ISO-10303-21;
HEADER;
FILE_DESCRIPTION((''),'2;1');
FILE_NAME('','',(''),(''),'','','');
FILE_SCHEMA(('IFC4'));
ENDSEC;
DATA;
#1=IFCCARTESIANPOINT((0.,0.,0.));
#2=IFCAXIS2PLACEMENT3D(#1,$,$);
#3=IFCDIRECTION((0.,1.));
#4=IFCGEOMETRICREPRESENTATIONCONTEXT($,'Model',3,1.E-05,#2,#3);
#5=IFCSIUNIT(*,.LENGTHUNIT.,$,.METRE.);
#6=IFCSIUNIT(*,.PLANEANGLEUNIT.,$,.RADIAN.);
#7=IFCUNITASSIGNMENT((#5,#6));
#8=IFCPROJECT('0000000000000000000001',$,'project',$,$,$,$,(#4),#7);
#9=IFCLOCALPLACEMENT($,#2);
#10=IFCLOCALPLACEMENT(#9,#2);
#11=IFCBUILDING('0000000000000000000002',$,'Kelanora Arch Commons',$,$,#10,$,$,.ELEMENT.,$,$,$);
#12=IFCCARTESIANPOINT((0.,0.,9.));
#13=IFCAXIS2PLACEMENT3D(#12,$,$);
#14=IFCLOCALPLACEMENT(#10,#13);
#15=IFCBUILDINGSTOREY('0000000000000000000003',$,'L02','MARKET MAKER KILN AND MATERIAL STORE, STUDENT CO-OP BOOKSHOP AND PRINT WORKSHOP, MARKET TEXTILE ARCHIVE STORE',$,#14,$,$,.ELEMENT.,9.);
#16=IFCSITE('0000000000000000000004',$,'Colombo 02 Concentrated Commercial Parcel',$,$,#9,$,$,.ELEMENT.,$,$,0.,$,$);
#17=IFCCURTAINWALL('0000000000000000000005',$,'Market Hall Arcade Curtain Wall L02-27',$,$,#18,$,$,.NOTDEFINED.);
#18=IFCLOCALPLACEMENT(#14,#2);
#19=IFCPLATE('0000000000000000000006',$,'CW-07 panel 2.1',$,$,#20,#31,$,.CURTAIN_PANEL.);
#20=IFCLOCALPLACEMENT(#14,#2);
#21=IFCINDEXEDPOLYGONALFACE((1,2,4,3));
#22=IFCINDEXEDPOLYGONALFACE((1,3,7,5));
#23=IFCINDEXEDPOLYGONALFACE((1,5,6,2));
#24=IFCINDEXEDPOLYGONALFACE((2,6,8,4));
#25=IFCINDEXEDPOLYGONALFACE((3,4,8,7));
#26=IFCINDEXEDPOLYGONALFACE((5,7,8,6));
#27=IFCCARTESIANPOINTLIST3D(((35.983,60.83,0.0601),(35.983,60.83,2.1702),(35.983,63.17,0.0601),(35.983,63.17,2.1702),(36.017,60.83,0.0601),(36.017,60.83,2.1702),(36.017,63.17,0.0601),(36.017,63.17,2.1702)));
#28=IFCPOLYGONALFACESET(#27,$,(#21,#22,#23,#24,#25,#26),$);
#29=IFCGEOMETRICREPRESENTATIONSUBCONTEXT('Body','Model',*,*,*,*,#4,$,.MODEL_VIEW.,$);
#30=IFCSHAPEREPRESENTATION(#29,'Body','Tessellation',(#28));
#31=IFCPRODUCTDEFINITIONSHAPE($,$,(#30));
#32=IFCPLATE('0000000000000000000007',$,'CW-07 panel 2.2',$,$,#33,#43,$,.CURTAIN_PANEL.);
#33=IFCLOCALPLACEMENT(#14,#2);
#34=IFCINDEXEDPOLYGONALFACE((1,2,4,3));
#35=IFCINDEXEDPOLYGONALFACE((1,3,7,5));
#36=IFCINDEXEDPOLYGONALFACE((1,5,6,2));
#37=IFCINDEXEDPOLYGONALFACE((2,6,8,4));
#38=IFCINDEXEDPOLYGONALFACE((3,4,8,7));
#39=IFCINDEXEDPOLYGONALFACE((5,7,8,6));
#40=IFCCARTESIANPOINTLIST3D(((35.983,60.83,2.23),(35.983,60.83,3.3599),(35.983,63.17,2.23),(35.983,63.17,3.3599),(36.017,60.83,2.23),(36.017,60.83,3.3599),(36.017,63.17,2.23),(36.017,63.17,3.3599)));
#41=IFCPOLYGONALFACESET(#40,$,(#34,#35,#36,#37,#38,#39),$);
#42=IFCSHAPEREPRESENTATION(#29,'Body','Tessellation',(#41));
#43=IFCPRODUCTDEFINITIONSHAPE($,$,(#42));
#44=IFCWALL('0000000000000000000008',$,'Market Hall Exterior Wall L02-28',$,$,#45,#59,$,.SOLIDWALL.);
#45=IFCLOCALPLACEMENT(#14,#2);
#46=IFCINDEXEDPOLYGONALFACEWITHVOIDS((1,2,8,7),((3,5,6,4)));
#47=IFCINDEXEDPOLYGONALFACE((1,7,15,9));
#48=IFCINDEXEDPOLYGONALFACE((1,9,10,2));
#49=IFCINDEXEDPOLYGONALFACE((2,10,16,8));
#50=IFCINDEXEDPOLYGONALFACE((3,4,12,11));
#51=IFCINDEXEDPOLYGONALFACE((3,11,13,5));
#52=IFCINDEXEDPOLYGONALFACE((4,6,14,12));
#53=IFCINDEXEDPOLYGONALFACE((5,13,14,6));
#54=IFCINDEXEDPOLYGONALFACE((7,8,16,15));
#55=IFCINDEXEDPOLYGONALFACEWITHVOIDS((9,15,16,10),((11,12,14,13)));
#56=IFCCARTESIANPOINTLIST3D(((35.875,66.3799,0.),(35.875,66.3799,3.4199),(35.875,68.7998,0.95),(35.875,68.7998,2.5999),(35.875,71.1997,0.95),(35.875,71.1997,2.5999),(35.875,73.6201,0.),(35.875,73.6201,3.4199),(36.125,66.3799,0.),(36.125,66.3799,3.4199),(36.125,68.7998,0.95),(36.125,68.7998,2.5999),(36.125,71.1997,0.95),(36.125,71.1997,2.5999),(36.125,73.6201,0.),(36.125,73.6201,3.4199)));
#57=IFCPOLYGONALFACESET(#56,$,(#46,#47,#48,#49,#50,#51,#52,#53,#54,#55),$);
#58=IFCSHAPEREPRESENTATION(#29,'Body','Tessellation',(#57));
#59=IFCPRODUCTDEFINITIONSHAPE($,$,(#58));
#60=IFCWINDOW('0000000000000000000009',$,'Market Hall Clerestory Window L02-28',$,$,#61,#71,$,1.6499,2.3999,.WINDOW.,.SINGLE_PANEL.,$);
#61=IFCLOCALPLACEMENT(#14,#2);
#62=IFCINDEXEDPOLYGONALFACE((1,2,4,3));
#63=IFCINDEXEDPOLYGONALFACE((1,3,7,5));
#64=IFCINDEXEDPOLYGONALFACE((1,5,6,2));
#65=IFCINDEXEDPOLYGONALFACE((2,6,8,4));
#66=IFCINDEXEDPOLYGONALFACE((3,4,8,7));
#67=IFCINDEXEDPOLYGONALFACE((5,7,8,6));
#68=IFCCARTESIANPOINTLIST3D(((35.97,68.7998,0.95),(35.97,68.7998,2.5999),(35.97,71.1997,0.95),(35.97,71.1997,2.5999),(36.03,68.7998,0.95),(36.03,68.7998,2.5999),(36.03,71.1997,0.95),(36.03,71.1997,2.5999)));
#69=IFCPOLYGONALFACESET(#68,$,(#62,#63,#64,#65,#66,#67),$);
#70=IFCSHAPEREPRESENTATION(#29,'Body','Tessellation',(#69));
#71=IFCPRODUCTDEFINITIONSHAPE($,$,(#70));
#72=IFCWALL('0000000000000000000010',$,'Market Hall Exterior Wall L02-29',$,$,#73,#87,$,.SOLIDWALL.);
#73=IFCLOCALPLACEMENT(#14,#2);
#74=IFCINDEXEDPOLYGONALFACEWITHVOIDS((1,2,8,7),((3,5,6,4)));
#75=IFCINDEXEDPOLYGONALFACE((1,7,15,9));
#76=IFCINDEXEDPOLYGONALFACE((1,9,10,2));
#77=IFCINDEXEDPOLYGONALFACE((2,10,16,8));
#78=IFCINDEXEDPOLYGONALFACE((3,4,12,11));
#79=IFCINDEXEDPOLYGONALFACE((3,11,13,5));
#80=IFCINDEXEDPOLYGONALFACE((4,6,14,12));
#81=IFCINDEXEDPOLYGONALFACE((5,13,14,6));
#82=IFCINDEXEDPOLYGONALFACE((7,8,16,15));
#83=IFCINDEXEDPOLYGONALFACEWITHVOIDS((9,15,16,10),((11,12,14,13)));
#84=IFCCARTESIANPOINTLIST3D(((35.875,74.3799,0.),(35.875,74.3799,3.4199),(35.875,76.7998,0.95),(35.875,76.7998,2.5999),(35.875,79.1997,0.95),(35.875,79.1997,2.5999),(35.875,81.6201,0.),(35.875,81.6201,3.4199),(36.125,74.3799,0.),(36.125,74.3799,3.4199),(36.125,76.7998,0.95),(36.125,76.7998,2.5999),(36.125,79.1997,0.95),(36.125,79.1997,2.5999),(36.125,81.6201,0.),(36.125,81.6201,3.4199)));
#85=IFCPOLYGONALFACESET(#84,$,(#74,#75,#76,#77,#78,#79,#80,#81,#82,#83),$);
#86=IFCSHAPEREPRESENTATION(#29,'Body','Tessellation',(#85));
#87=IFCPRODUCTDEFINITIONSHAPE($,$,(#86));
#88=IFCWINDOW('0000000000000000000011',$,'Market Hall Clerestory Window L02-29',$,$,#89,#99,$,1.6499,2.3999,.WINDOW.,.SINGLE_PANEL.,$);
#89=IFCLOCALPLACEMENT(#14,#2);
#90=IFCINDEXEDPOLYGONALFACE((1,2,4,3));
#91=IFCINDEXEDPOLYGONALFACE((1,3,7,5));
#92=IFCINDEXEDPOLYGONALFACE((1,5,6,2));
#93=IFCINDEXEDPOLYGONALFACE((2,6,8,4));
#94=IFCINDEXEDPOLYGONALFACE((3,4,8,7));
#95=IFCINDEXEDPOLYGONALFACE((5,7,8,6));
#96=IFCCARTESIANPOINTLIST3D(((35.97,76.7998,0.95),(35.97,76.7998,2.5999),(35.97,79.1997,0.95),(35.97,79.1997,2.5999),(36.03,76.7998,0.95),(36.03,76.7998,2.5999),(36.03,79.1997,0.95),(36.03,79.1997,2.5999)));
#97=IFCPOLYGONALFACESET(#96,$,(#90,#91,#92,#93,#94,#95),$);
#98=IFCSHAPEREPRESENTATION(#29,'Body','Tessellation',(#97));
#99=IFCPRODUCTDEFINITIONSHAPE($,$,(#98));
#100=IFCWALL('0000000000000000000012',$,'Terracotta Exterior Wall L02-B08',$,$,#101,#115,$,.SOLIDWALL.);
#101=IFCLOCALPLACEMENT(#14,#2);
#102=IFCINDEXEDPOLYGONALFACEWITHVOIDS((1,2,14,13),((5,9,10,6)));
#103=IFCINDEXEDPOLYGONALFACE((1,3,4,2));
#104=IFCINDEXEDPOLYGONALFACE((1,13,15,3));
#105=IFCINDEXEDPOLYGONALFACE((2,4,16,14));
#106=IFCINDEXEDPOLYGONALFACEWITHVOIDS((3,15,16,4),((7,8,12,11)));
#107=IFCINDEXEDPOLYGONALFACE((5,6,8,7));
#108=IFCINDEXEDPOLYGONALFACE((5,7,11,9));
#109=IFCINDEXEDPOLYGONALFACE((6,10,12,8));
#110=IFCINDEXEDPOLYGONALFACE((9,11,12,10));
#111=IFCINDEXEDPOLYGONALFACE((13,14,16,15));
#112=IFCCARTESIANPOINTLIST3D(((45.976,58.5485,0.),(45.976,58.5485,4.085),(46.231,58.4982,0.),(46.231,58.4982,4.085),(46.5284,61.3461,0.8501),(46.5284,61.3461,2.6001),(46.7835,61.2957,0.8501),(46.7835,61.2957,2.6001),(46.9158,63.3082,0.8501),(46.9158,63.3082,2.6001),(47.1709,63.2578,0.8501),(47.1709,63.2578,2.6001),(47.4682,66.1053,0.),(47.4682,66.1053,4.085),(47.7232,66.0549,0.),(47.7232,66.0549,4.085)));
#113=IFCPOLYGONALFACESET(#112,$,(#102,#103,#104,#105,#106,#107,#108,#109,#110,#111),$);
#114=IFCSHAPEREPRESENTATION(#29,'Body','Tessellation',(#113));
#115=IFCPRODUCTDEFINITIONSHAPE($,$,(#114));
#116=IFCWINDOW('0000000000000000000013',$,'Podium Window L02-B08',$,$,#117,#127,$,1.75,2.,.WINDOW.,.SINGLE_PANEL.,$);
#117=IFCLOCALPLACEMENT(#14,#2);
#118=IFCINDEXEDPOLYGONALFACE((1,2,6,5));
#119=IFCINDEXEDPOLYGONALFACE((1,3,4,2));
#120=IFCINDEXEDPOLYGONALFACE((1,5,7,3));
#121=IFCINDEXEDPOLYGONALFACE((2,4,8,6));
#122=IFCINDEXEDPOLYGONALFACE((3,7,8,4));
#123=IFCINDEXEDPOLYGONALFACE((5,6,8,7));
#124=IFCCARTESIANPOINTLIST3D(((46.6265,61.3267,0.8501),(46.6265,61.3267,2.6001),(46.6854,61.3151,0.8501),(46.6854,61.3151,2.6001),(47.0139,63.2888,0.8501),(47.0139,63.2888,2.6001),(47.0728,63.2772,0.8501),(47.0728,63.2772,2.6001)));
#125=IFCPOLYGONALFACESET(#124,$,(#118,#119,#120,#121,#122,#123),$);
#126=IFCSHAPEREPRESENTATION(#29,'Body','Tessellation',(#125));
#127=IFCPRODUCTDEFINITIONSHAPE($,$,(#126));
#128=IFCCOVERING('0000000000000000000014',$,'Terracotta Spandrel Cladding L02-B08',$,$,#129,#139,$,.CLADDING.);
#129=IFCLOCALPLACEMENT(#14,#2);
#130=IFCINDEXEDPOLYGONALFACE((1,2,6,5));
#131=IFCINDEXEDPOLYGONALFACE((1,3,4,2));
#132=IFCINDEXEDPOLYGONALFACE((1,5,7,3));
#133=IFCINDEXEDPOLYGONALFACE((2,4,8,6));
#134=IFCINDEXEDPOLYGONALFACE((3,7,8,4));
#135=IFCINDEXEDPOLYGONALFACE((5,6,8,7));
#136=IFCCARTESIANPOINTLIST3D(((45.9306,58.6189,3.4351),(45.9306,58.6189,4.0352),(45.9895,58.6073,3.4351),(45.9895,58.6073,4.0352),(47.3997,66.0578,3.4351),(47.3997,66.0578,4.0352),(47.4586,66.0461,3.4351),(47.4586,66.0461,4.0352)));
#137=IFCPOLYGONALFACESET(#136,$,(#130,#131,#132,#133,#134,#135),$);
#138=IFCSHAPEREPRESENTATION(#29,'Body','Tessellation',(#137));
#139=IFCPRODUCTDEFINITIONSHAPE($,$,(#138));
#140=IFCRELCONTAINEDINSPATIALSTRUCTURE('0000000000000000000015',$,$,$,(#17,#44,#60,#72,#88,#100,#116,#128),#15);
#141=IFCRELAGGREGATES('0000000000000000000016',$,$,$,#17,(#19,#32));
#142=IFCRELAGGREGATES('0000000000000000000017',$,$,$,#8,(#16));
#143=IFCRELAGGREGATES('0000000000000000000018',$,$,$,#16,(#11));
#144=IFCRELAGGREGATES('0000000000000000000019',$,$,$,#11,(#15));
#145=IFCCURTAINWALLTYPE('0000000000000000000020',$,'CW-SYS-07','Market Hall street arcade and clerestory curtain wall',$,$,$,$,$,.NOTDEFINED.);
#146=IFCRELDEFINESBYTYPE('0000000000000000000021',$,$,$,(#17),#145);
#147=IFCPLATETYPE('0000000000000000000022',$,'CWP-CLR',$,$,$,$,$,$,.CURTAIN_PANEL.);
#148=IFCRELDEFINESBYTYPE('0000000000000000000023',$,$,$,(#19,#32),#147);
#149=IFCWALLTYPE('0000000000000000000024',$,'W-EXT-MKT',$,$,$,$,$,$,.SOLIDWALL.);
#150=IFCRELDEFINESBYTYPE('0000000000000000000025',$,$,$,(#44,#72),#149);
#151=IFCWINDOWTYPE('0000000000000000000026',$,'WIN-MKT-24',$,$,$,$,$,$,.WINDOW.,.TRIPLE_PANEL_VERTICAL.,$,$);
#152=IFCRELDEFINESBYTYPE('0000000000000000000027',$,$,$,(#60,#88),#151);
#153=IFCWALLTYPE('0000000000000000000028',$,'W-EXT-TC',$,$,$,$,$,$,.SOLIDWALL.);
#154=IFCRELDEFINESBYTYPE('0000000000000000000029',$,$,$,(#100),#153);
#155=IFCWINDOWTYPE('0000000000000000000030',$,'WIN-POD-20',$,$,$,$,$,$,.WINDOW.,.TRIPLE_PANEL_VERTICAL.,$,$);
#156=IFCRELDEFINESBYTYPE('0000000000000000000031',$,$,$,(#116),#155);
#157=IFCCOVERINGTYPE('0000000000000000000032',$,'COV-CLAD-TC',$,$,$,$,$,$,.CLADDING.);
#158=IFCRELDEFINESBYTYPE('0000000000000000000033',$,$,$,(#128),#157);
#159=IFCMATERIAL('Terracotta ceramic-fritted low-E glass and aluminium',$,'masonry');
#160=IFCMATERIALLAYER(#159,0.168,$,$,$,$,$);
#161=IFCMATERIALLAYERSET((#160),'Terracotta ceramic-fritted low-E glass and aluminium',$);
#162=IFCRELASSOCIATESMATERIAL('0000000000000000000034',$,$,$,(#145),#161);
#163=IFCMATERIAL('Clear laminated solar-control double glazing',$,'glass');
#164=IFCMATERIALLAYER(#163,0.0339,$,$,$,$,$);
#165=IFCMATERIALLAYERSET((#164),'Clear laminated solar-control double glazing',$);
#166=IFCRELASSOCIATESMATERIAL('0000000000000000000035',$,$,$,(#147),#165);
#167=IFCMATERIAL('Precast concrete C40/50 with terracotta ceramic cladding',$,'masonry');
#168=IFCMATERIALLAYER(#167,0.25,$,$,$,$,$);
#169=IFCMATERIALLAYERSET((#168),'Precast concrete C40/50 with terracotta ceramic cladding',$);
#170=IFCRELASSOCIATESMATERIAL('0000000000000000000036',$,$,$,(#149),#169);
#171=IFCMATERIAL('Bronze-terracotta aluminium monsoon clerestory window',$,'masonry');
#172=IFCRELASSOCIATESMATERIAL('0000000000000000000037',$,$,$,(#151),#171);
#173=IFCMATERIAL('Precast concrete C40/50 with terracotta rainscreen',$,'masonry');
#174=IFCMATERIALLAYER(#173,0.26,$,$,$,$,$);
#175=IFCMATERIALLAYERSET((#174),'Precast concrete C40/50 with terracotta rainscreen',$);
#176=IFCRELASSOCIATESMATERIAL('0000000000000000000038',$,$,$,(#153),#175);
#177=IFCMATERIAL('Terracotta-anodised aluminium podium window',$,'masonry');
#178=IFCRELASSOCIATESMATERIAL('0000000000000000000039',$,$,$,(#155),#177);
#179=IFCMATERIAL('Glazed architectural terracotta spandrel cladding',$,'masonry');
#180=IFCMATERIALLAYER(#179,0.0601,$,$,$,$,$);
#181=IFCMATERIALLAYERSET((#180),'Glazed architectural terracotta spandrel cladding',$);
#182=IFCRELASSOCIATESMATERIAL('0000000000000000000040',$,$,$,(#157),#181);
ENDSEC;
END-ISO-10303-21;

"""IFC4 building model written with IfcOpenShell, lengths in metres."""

from ifc_helpers import new_model, si_unit, direction, frame, frame_2d, origin, origin_2d, place, context, subcontext, project, spatial, rectangle, extrude, source, transform, mapped, material, layer, layer_set, type_object, element, fill, aggregate, save


model = new_model("IFC4")

# Units and contexts
model_context = context("Model", 3, precision=1e-05, world=origin(), true_north=direction((0.0, 1.0)))
body_context = subcontext(model_context, "Body", "Model", "MODEL_VIEW")
ifc_project = project(units=[si_unit("LENGTHUNIT", "METRE"), si_unit("PLANEANGLEUNIT", "RADIAN")], contexts=[model_context])

# Site, building, storey
site_placement = place(None, origin())
site = spatial("IfcSite", under=ifc_project, at=site_placement, Name="Colombo 02 Concentrated Commercial Parcel", CompositionType="ELEMENT", RefElevation=0.0)
building_placement = place(site_placement, origin())
building = spatial("IfcBuilding", under=site, at=building_placement, Name="Kelanora Arch Commons", CompositionType="ELEMENT")
storey_placement = place(building_placement, frame((0.0, 0.0, 9.0)))
storey = spatial("IfcBuildingStorey", under=building, at=storey_placement, Name="L02", Description="MARKET MAKER KILN AND MATERIAL STORE, STUDENT CO-OP BOOKSHOP AND PRINT WORKSHOP, MARKET TEXTILE ARCHIVE STORE", CompositionType="ELEMENT", Elevation=9.0)

# Curtain wall
ifc_material_1 = material(Name="Terracotta ceramic-fritted low-E glass and aluminium", Category="masonry")
ifc_layer_1 = layer(ifc_material_1, 0.168)
ifc_layer_set_1 = layer_set([ifc_layer_1], Name="Terracotta ceramic-fritted low-E glass and aluminium")
curtain_wall_type_1 = type_object("IfcCurtainWallType", Name="CW-SYS-07", Description="Market Hall street arcade and clerestory curtain wall", PredefinedType="NOTDEFINED", material=ifc_layer_set_1)
curtain_wall_1_placement = place(storey_placement, origin())
curtain_wall_1 = element("IfcCurtainWall", 1, at=curtain_wall_1_placement, inside=storey, type_object=curtain_wall_type_1, Name="Market Hall Arcade Curtain Wall L02-27", PredefinedType="NOTDEFINED")

# Plates
ifc_material_2 = material(Name="Clear laminated solar-control double glazing", Category="glass")
ifc_layer_2 = layer(ifc_material_2, 0.0339)
ifc_layer_set_2 = layer_set([ifc_layer_2], Name="Clear laminated solar-control double glazing")
plate_type = type_object("IfcPlateType", Name="CWP-CLR", PredefinedType="CURTAIN_PANEL", material=ifc_layer_set_2)
shared_shape_1 = source(origin(), body_context, "Body", "SweptSolid", [
    extrude(rectangle(XDim=2.3401, YDim=0.0339, at=origin_2d()), origin(), (0.0, 0.0, 1.0), 2.1101),
])
plate_1_placement = place(storey_placement, frame((36.0, 62.0, 0.0601), z_axis=(0.0, 0.0, 1.0), x_axis=(0.0, 1.0, 0.0)))
plate_1 = element("IfcPlate", 2, at=plate_1_placement, type_object=plate_type, Name="CW-07 panel 2.1", PredefinedType="CURTAIN_PANEL", context=body_context, shape_type="MappedRepresentation", body=[
    mapped(shared_shape_1, transform((0.0, 0.0, 0.0), scale=1.0)),
])
shared_shape_2 = source(origin(), body_context, "Body", "SweptSolid", [
    extrude(rectangle(XDim=2.3401, YDim=0.0339, at=origin_2d()), origin(), (0.0, 0.0, 1.0), 1.1299),
])
plate_2_placement = place(storey_placement, frame((36.0, 62.0, 2.23), z_axis=(0.0, 0.0, 1.0), x_axis=(0.0, 1.0, 0.0)))
plate_2 = element("IfcPlate", 3, at=plate_2_placement, type_object=plate_type, Name="CW-07 panel 2.2", PredefinedType="CURTAIN_PANEL", context=body_context, shape_type="MappedRepresentation", body=[
    mapped(shared_shape_2, transform((0.0, 0.0, 0.0), scale=1.0)),
])
aggregate(curtain_wall_1, [plate_1, plate_2])

# Walls, openings, windows
ifc_material_3 = material(Name="Precast concrete C40/50 with terracotta ceramic cladding", Category="masonry")
ifc_layer_3 = layer(ifc_material_3, 0.25)
ifc_layer_set_3 = layer_set([ifc_layer_3], Name="Precast concrete C40/50 with terracotta ceramic cladding")
wall_type_1 = type_object("IfcWallType", Name="W-EXT-MKT", PredefinedType="SOLIDWALL", material=ifc_layer_set_3)
wall_1_placement = place(storey_placement, frame((36.0, 66.3799, 0.0), z_axis=(0.0, 0.0, 1.0), x_axis=(0.0, 1.0, 0.0)))
wall_1 = element("IfcWall", 4, at=wall_1_placement, inside=storey, type_object=wall_type_1, Name="Market Hall Exterior Wall L02-28", PredefinedType="SOLIDWALL", context=body_context, shape_type="SweptSolid", body=[
    extrude(rectangle(XDim=7.2402, YDim=0.25, at=frame_2d((3.6201, 0.0))), origin(), (0.0, 0.0, 1.0), 3.4199),
])
opening_1_placement = place(wall_1_placement, frame((2.4199, 0.0, 0.95)))
opening_1 = element("IfcOpeningElement", 5, at=opening_1_placement, cuts=wall_1, PredefinedType="OPENING", context=body_context, shape_type="SweptSolid", body=[
    extrude(rectangle(XDim=2.3999, YDim=1.6499, at=frame_2d((1.2, 0.825))), frame((0.0, 0.135, 0.0), z_axis=(0.0, -1.0, 0.0), x_axis=(1.0, 0.0, 0.0)), (0.0, 0.0, 1.0), 0.27),
])
ifc_material_4 = material(Name="Bronze-terracotta aluminium monsoon clerestory window", Category="masonry")
window_type_1 = type_object("IfcWindowType", Name="WIN-MKT-24", PartitioningType="TRIPLE_PANEL_VERTICAL", PredefinedType="WINDOW", material=ifc_material_4)
window_1_placement = place(opening_1_placement, origin())
window_1 = element("IfcWindow", 6, at=window_1_placement, inside=storey, type_object=window_type_1, Name="Market Hall Clerestory Window L02-28", OverallHeight=1.6499, OverallWidth=2.3999, PartitioningType="SINGLE_PANEL", PredefinedType="WINDOW", context=body_context, shape_type="SweptSolid", body=[
    extrude(rectangle(XDim=2.3999, YDim=1.6499, at=frame_2d((1.2, 0.825))), frame((0.0, 0.03, 0.0), z_axis=(0.0, -1.0, 0.0), x_axis=(1.0, 0.0, 0.0)), (0.0, 0.0, 1.0), 0.0601),
])
fill(opening_1, window_1)
wall_2_placement = place(storey_placement, frame((36.0, 74.3799, 0.0), z_axis=(0.0, 0.0, 1.0), x_axis=(0.0, 1.0, 0.0)))
wall_2 = element("IfcWall", 7, at=wall_2_placement, inside=storey, type_object=wall_type_1, Name="Market Hall Exterior Wall L02-29", PredefinedType="SOLIDWALL", context=body_context, shape_type="SweptSolid", body=[
    extrude(rectangle(XDim=7.2402, YDim=0.25, at=frame_2d((3.6201, 0.0))), origin(), (0.0, 0.0, 1.0), 3.4199),
])
opening_2_placement = place(wall_2_placement, frame((2.4199, 0.0, 0.95)))
opening_2 = element("IfcOpeningElement", 8, at=opening_2_placement, cuts=wall_2, PredefinedType="OPENING", context=body_context, shape_type="SweptSolid", body=[
    extrude(rectangle(XDim=2.3999, YDim=1.6499, at=frame_2d((1.2, 0.825))), frame((0.0, 0.135, 0.0), z_axis=(0.0, -1.0, 0.0), x_axis=(1.0, 0.0, 0.0)), (0.0, 0.0, 1.0), 0.27),
])
window_2_placement = place(opening_2_placement, origin())
window_2 = element("IfcWindow", 9, at=window_2_placement, inside=storey, type_object=window_type_1, Name="Market Hall Clerestory Window L02-29", OverallHeight=1.6499, OverallWidth=2.3999, PartitioningType="SINGLE_PANEL", PredefinedType="WINDOW", context=body_context, shape_type="SweptSolid", body=[
    extrude(rectangle(XDim=2.3999, YDim=1.6499, at=frame_2d((1.2, 0.825))), frame((0.0, 0.03, 0.0), z_axis=(0.0, -1.0, 0.0), x_axis=(1.0, 0.0, 0.0)), (0.0, 0.0, 1.0), 0.0601),
])
fill(opening_2, window_2)
ifc_material_5 = material(Name="Precast concrete C40/50 with terracotta rainscreen", Category="masonry")
ifc_layer_4 = layer(ifc_material_5, 0.26)
ifc_layer_set_4 = layer_set([ifc_layer_4], Name="Precast concrete C40/50 with terracotta rainscreen")
wall_type_2 = type_object("IfcWallType", Name="W-EXT-TC", PredefinedType="SOLIDWALL", material=ifc_layer_set_4)
wall_3_placement = place(storey_placement, frame((47.5957, 66.0801, 0.0), z_axis=(0.0, 0.0, 1.0), x_axis=(-0.193726, -0.981056, 0.0)))
wall_3 = element("IfcWall", 10, at=wall_3_placement, inside=storey, type_object=wall_type_2, Name="Terracotta Exterior Wall L02-B08", PredefinedType="SOLIDWALL", context=body_context, shape_type="SweptSolid", body=[
    extrude(rectangle(XDim=7.7026, YDim=0.26, at=frame_2d((3.8513, 0.0))), origin(), (0.0, 0.0, 1.0), 4.085),
])
opening_3_placement = place(wall_3_placement, frame((2.8511, 0.0, 0.8501)))
opening_3 = element("IfcOpeningElement", 11, at=opening_3_placement, cuts=wall_3, PredefinedType="OPENING", context=body_context, shape_type="SweptSolid", body=[
    extrude(rectangle(XDim=2.0, YDim=1.75, at=frame_2d((1.0, 0.875))), frame((0.0, 0.1401, 0.0), z_axis=(0.0, -1.0, 0.0), x_axis=(1.0, 0.0, 0.0)), (0.0, 0.0, 1.0), 0.28),
])
ifc_material_6 = material(Name="Terracotta-anodised aluminium podium window", Category="masonry")
window_type_2 = type_object("IfcWindowType", Name="WIN-POD-20", PartitioningType="TRIPLE_PANEL_VERTICAL", PredefinedType="WINDOW", material=ifc_material_6)
window_3_placement = place(opening_3_placement, origin())
window_3 = element("IfcWindow", 12, at=window_3_placement, inside=storey, type_object=window_type_2, Name="Podium Window L02-B08", OverallHeight=1.75, OverallWidth=2.0, PartitioningType="SINGLE_PANEL", PredefinedType="WINDOW", context=body_context, shape_type="SweptSolid", body=[
    extrude(rectangle(XDim=2.0, YDim=1.75, at=frame_2d((1.0, 0.875))), frame((0.0, 0.03, 0.0), z_axis=(0.0, -1.0, 0.0), x_axis=(1.0, 0.0, 0.0)), (0.0, 0.0, 1.0), 0.0601),
])
fill(opening_3, window_3)

# Covering
ifc_material_7 = material(Name="Glazed architectural terracotta spandrel cladding", Category="masonry")
ifc_layer_5 = layer(ifc_material_7, 0.0601)
ifc_layer_set_5 = layer_set([ifc_layer_5], Name="Glazed architectural terracotta spandrel cladding")
covering_type = type_object("IfcCoveringType", Name="COV-CLAD-TC", PredefinedType="CLADDING", material=ifc_layer_set_5)
shared_shape_3 = source(origin(), body_context, "Body", "SweptSolid", [
    extrude(rectangle(XDim=7.5825, YDim=0.0601, at=origin_2d()), origin(), (0.0, 0.0, 1.0), 0.6001),
])
covering_placement = place(storey_placement, frame((46.6946, 62.3325, 3.4351), z_axis=(0.0, 0.0, 1.0), x_axis=(-0.193744, -0.981052, 0.0)))
element("IfcCovering", 13, at=covering_placement, inside=storey, type_object=covering_type, Name="Terracotta Spandrel Cladding L02-B08", PredefinedType="CLADDING", context=body_context, shape_type="MappedRepresentation", body=[
    mapped(shared_shape_3, transform((0.0, 0.0, 0.0), scale=1.0)),
])

save(model, "model.ifc")
